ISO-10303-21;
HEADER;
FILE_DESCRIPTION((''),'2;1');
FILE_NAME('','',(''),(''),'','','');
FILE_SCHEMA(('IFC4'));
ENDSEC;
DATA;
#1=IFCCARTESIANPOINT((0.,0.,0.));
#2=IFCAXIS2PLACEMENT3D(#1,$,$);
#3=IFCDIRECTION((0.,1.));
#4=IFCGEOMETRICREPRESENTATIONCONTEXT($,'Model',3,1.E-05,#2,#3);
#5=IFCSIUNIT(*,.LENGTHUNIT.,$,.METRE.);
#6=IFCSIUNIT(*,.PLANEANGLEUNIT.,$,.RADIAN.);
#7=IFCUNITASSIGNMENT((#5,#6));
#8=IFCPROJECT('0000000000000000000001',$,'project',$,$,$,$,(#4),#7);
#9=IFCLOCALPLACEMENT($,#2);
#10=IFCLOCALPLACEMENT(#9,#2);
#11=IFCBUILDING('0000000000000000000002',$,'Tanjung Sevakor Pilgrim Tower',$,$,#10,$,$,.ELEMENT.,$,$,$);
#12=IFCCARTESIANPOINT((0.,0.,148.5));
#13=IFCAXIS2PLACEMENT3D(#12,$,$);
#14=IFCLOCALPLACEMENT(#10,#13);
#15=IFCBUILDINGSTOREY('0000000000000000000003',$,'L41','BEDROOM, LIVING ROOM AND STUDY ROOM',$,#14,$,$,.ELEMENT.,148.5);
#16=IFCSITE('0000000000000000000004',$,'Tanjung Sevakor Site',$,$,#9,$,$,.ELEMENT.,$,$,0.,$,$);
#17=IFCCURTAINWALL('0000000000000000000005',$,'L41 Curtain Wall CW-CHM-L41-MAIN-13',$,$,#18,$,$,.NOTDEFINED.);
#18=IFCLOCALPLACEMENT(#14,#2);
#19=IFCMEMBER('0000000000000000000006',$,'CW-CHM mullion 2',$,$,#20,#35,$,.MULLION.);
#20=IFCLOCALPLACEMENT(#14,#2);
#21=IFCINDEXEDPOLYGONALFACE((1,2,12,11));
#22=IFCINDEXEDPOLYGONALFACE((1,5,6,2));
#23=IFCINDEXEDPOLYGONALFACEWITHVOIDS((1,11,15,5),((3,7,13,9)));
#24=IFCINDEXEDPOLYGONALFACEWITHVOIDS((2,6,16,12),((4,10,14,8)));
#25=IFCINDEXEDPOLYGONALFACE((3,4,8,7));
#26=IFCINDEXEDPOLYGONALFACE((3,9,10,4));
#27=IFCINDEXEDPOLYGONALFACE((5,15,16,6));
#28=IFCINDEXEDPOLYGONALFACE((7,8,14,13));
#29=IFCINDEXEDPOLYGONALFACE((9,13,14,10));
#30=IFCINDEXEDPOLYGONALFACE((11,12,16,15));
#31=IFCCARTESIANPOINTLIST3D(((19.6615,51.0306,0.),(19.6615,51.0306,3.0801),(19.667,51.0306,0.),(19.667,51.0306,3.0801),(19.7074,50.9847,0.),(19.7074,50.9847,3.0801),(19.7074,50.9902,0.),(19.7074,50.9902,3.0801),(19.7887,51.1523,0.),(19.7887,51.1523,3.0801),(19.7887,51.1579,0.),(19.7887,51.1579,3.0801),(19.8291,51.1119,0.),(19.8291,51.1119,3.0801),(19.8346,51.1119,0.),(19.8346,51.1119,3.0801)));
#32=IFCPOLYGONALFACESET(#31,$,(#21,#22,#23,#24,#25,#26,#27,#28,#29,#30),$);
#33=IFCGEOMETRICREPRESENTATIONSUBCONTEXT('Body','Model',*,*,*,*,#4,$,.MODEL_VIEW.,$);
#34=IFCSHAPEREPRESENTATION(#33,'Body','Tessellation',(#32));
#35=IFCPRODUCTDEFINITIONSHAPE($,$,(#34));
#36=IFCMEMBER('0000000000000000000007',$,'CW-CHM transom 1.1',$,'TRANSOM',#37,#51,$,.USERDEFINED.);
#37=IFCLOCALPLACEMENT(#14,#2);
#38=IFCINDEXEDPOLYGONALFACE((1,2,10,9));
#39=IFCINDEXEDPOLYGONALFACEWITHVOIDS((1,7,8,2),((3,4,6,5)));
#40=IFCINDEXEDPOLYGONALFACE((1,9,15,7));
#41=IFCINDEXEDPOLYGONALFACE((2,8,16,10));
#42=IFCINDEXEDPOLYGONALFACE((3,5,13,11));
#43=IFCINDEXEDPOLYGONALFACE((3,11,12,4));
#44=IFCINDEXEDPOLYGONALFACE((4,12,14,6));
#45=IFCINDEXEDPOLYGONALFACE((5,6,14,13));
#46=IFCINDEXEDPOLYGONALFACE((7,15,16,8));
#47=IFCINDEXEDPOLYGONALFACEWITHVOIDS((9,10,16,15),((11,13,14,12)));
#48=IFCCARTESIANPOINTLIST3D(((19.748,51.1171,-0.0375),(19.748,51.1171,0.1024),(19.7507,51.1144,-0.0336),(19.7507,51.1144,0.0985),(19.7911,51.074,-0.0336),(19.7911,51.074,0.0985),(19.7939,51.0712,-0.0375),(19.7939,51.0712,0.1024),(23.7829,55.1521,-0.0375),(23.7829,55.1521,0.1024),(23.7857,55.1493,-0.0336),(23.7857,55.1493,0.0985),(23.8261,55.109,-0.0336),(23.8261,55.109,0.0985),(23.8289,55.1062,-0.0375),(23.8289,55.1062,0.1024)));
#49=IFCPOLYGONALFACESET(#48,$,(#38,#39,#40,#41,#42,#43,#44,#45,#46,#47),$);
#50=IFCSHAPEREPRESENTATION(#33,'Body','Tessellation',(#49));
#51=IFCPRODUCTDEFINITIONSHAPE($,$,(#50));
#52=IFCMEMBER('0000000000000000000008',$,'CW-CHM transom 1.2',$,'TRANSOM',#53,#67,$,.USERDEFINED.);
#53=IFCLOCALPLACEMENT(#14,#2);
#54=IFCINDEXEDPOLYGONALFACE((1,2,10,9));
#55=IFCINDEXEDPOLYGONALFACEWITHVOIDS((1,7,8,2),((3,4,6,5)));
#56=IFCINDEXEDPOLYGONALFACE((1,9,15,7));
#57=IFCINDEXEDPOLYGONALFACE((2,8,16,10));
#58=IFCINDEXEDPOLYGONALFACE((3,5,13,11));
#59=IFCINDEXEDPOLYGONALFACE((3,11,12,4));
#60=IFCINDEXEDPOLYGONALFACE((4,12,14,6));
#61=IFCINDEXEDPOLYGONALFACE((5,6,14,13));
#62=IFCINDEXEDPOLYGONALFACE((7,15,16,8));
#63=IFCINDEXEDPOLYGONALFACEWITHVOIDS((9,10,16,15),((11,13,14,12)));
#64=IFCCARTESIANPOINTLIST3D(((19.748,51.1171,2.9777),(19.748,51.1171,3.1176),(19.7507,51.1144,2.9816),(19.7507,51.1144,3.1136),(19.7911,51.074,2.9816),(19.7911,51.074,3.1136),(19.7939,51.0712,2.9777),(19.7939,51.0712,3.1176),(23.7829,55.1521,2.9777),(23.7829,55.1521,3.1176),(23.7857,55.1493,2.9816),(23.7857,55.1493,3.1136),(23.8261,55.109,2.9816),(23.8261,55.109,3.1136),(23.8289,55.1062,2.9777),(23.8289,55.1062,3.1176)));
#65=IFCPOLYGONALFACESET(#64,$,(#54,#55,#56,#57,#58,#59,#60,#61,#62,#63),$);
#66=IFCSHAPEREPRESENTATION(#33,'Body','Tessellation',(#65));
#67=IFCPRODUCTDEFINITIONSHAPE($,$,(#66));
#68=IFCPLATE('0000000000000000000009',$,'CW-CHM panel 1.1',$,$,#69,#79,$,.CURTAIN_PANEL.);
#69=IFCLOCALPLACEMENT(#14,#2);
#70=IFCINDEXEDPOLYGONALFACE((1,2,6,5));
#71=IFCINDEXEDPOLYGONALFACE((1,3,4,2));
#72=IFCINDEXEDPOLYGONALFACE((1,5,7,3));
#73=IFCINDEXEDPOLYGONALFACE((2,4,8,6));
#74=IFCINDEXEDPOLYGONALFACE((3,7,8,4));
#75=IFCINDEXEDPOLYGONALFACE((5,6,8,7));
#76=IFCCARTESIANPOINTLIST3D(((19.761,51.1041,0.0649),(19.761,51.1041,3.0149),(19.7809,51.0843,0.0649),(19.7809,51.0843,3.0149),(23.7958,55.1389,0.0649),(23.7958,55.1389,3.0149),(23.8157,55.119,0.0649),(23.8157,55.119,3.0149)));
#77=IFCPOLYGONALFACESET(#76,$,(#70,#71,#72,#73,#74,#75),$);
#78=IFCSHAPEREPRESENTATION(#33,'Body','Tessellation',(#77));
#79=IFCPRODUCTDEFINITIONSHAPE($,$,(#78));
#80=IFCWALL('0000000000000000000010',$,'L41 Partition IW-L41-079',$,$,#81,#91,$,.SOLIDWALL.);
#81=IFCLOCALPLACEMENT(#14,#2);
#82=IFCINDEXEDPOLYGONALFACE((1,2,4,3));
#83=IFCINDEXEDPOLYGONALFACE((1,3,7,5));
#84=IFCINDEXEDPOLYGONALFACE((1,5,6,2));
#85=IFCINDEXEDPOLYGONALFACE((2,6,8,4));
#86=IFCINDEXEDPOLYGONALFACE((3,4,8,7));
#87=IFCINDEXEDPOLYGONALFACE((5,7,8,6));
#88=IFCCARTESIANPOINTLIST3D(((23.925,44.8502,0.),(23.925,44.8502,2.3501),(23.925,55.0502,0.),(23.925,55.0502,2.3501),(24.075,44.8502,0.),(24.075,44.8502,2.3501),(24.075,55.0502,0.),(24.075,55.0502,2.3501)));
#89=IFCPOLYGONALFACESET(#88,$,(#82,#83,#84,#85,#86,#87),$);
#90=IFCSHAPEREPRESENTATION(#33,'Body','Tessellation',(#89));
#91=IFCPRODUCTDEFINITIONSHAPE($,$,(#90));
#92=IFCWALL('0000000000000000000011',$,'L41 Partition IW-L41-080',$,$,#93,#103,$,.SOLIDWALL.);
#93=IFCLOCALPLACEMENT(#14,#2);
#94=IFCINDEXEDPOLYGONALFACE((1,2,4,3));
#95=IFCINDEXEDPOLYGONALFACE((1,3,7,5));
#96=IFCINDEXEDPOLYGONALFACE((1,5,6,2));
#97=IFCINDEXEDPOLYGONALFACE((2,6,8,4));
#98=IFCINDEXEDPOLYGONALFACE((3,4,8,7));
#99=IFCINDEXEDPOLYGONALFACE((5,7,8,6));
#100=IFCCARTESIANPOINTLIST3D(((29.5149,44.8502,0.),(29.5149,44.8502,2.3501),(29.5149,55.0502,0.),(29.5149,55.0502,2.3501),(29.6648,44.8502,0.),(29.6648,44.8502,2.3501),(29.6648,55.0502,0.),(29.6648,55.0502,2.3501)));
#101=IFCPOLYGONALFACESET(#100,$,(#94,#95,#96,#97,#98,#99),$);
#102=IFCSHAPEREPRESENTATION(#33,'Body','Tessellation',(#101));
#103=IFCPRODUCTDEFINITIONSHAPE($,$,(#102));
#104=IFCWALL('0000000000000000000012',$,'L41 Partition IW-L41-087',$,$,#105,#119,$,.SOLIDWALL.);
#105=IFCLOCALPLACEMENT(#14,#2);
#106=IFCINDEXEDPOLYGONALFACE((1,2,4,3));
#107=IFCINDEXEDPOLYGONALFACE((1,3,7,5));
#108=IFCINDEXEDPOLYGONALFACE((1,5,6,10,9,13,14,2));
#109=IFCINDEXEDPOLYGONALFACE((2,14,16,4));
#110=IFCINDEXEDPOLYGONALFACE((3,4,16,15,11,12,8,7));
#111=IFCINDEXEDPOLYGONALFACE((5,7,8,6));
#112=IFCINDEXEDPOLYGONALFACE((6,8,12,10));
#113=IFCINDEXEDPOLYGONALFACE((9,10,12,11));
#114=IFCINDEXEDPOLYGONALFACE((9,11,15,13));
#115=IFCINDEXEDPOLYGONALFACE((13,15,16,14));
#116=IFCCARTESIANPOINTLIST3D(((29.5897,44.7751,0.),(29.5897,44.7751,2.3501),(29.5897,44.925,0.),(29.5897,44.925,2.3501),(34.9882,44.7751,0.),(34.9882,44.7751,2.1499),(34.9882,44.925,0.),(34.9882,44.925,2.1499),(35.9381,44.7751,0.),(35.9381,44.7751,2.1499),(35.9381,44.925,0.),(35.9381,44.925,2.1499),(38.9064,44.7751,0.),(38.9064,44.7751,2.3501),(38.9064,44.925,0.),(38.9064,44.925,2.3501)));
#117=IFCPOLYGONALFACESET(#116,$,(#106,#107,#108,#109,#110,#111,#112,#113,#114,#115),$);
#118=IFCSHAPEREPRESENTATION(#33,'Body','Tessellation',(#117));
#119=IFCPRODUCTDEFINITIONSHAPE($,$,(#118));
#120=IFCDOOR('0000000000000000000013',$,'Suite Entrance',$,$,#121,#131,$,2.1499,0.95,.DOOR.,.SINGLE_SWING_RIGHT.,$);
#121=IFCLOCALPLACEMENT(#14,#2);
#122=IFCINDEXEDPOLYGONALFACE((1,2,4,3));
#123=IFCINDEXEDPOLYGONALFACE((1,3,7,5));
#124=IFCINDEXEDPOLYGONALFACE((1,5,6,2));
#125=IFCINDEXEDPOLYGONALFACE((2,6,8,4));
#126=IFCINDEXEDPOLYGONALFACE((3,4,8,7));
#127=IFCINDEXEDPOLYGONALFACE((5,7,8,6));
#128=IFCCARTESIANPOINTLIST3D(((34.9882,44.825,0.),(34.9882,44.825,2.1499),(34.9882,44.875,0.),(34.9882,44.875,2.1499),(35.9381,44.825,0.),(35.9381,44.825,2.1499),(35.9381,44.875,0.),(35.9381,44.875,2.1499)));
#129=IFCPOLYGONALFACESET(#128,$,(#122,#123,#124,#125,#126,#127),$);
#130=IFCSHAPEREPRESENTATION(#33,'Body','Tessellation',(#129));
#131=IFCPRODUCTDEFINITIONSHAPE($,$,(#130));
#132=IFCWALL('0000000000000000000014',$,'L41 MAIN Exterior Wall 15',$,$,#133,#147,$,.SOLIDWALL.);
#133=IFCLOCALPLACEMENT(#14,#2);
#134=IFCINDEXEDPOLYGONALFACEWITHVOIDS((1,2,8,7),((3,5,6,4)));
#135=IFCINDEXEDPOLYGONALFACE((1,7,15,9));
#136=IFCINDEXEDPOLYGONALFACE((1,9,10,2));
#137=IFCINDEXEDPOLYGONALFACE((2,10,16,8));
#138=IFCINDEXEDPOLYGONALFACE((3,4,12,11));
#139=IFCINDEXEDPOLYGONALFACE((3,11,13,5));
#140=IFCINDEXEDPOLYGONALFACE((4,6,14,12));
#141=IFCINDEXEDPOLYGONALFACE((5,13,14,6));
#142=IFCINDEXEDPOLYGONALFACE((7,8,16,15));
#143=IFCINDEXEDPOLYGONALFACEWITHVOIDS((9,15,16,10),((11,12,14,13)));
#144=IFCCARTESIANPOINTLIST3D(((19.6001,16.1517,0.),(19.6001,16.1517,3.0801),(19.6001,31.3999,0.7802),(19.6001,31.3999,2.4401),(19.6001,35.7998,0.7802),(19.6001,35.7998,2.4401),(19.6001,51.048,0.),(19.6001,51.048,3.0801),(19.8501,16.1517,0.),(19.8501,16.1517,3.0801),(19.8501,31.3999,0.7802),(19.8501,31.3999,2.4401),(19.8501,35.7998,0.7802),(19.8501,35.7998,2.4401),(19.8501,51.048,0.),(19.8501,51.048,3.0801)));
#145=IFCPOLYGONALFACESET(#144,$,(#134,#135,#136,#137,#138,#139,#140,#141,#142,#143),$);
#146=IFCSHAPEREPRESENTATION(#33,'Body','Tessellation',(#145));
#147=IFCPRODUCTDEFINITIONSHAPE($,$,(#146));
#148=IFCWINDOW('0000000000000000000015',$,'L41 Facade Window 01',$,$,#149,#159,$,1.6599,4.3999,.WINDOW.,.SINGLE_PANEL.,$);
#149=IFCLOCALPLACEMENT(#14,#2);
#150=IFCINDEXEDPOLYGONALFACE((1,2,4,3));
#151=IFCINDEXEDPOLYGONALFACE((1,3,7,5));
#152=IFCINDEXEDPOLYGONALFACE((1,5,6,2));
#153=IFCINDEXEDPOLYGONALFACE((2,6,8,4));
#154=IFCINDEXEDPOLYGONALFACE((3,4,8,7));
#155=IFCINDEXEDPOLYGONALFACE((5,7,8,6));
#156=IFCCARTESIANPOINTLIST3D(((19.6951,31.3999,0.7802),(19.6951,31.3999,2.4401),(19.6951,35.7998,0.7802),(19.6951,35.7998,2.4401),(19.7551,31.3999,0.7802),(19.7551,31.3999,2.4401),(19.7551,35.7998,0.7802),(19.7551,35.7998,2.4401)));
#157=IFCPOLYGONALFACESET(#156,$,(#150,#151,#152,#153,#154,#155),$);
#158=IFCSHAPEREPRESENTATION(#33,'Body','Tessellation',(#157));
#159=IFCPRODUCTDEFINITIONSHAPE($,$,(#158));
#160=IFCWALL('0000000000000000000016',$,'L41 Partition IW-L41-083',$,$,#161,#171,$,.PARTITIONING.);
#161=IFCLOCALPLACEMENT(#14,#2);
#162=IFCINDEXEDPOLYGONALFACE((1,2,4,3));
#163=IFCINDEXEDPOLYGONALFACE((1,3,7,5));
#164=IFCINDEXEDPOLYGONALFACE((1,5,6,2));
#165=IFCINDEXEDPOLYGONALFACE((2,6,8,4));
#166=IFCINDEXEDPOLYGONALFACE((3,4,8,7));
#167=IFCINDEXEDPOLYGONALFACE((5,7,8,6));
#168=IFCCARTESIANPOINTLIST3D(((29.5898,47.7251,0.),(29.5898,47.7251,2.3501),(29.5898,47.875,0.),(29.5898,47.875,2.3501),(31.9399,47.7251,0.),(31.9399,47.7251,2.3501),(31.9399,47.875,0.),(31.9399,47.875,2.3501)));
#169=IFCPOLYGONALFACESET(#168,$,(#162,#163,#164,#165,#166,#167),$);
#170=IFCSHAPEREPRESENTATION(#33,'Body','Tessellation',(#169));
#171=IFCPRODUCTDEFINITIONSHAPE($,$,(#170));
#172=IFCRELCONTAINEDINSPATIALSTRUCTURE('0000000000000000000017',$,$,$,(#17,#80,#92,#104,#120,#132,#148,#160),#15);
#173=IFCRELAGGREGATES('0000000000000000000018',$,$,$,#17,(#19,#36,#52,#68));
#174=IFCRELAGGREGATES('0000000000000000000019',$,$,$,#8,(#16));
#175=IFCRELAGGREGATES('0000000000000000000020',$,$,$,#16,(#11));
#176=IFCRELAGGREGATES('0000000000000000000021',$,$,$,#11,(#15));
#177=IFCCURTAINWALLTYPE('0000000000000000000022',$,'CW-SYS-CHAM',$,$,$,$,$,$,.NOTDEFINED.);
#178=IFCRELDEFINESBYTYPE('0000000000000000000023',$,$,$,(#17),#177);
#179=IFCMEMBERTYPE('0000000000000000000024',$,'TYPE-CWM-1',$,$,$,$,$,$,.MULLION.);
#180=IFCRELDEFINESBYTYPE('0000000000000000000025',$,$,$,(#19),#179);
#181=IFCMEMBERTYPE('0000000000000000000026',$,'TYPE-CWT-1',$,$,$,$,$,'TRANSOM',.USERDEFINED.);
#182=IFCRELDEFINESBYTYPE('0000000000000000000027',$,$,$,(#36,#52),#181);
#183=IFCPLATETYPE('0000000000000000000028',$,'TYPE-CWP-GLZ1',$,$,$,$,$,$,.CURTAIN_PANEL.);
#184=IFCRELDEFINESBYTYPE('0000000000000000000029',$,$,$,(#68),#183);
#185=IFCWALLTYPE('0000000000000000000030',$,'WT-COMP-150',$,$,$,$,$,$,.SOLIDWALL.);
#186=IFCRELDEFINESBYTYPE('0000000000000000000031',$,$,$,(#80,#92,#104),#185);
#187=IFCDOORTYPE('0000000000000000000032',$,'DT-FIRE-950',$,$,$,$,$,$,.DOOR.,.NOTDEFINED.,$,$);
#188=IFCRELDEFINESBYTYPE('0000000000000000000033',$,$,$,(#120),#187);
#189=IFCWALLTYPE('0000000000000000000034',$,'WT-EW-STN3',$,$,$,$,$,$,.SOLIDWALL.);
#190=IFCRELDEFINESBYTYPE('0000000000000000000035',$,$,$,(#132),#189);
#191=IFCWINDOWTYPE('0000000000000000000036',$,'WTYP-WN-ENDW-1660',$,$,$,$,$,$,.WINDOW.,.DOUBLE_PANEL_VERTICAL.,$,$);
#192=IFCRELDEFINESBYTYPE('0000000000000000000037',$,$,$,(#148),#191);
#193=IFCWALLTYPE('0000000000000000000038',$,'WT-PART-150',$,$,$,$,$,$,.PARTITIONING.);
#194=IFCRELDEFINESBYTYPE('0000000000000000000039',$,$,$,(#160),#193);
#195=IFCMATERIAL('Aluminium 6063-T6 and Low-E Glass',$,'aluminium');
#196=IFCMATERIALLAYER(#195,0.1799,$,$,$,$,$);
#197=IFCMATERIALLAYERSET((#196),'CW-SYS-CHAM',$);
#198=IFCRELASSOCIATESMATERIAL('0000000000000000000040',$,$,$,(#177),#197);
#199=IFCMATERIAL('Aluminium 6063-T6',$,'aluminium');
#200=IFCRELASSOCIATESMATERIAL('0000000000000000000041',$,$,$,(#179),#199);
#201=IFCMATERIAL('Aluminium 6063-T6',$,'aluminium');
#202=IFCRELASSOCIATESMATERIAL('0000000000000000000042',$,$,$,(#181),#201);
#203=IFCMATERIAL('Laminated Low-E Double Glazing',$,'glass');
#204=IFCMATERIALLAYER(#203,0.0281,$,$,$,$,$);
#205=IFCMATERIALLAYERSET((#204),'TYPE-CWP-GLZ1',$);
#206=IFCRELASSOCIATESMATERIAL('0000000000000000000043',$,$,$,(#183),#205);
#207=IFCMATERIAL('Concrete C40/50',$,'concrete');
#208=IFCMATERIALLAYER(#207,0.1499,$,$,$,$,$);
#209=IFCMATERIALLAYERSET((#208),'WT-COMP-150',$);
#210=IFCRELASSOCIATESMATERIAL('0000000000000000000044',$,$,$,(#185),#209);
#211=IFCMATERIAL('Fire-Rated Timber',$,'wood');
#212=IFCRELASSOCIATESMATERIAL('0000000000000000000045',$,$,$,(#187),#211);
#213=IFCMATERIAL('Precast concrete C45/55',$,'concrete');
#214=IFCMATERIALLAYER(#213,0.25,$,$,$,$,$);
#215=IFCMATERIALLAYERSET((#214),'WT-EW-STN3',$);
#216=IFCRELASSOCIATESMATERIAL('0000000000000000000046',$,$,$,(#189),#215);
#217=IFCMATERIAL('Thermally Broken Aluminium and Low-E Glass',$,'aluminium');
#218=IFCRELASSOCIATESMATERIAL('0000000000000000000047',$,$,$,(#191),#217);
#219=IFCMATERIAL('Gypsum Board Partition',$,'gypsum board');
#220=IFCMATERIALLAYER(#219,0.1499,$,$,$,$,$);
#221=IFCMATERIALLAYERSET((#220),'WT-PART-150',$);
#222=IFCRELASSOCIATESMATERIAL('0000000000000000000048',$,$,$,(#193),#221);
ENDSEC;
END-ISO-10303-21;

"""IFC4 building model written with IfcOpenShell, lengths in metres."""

from ifc_helpers import new_model, si_unit, direction, frame, frame_2d, origin, origin_2d, place, context, subcontext, project, spatial, rectangle, hollow_rectangle, extrude, material, layer, layer_set, material_profile, profile_set, type_object, element, fill, aggregate, save


model = new_model("IFC4")

# Units and contexts
model_context = context("Model", 3, precision=1e-05, world=origin(), true_north=direction((0.0, 1.0)))
body_context = subcontext(model_context, "Body", "Model", "MODEL_VIEW")
ifc_project = project(units=[si_unit("LENGTHUNIT", "METRE"), si_unit("PLANEANGLEUNIT", "RADIAN")], contexts=[model_context])

# Site, building, storey
site_placement = place(None, origin())
site = spatial("IfcSite", under=ifc_project, at=site_placement, Name="Tanjung Sevakor Site", CompositionType="ELEMENT", RefElevation=0.0)
building_placement = place(site_placement, origin())
building = spatial("IfcBuilding", under=site, at=building_placement, Name="Tanjung Sevakor Pilgrim Tower", CompositionType="ELEMENT")
storey_placement = place(building_placement, frame((0.0, 0.0, 148.5)))
storey = spatial("IfcBuildingStorey", under=building, at=storey_placement, Name="L41", Description="BEDROOM, LIVING ROOM AND STUDY ROOM", CompositionType="ELEMENT", Elevation=148.5)

# Curtain wall, members, plate
ifc_material_1 = material(Name="Aluminium 6063-T6 and Low-E Glass", Category="aluminium")
ifc_layer_1 = layer(ifc_material_1, 0.1799)
ifc_layer_set_1 = layer_set([ifc_layer_1], Name="CW-SYS-CHAM")
curtain_wall_type = type_object("IfcCurtainWallType", Name="CW-SYS-CHAM", PredefinedType="NOTDEFINED", material=ifc_layer_set_1)
curtain_wall_placement = place(storey_placement, origin())
curtain_wall = element("IfcCurtainWall", 1, at=curtain_wall_placement, inside=storey, type_object=curtain_wall_type, Name="L41 Curtain Wall CW-CHM-L41-MAIN-13", PredefinedType="NOTDEFINED")
ifc_material_2 = material(Name="Aluminium 6063-T6", Category="aluminium")
ifc_material_profile_1 = material_profile(ifc_material_2, hollow_rectangle(XDim=0.0649, YDim=0.1799, WallThickness=0.0039, at=origin_2d()))
ifc_profile_set_1 = profile_set([ifc_material_profile_1], Name="Aluminium 6063-T6")
member_type_1 = type_object("IfcMemberType", Name="TYPE-CWM-1", PredefinedType="MULLION", material=ifc_profile_set_1)
member_1_placement = place(storey_placement, frame((19.748, 51.0713, 0.0), z_axis=(0.0, 0.0, 1.0), x_axis=(0.707107, -0.707107, 0.0)))
member_1 = element("IfcMember", 2, at=member_1_placement, type_object=member_type_1, Name="CW-CHM mullion 2", PredefinedType="MULLION", context=body_context, shape_type="SweptSolid", body=[
    extrude(hollow_rectangle(XDim=0.0649, YDim=0.1799, WallThickness=0.0039, at=origin_2d()), origin(), (0.0, 0.0, 1.0), 3.0801),
])
ifc_material_3 = material(Name="Aluminium 6063-T6", Category="aluminium")
ifc_material_profile_2 = material_profile(ifc_material_3, hollow_rectangle(XDim=0.0649, YDim=0.1399, WallThickness=0.0039, at=origin_2d()))
ifc_profile_set_2 = profile_set([ifc_material_profile_2], Name="Aluminium 6063-T6")
member_type_2 = type_object("IfcMemberType", Name="TYPE-CWT-1", ElementType="TRANSOM", PredefinedType="USERDEFINED", material=ifc_profile_set_2)
member_2_placement = place(storey_placement, frame((23.8059, 55.1292, 0.0325), z_axis=(-0.707107, -0.707107, 0.0), x_axis=(0.707107, -0.707107, 0.0)))
member_2 = element("IfcMember", 3, at=member_2_placement, type_object=member_type_2, Name="CW-CHM transom 1.1", ObjectType="TRANSOM", PredefinedType="USERDEFINED", context=body_context, shape_type="SweptSolid", body=[
    extrude(hollow_rectangle(XDim=0.0649, YDim=0.1399, WallThickness=0.0039, at=origin_2d()), origin(), (0.0, 0.0, 1.0), 5.7063),
])
member_3_placement = place(storey_placement, frame((23.8059, 55.1292, 3.0476), z_axis=(-0.707107, -0.707107, 0.0), x_axis=(0.707107, -0.707107, 0.0)))
member_3 = element("IfcMember", 4, at=member_3_placement, type_object=member_type_2, Name="CW-CHM transom 1.2", ObjectType="TRANSOM", PredefinedType="USERDEFINED", context=body_context, shape_type="SweptSolid", body=[
    extrude(hollow_rectangle(XDim=0.0649, YDim=0.1399, WallThickness=0.0039, at=origin_2d()), origin(), (0.0, 0.0, 1.0), 5.7063),
])
ifc_material_4 = material(Name="Laminated Low-E Double Glazing", Category="glass")
ifc_layer_2 = layer(ifc_material_4, 0.0281)
ifc_layer_set_2 = layer_set([ifc_layer_2], Name="TYPE-CWP-GLZ1")
plate_type = type_object("IfcPlateType", Name="TYPE-CWP-GLZ1", PredefinedType="CURTAIN_PANEL", material=ifc_layer_set_2)
plate_placement = place(storey_placement, frame((21.7883, 53.1116, 0.0649), z_axis=(0.0, 0.0, 1.0), x_axis=(-0.707107, -0.707107, 0.0)))
plate = element("IfcPlate", 5, at=plate_placement, type_object=plate_type, Name="CW-CHM panel 1.1", PredefinedType="CURTAIN_PANEL", context=body_context, shape_type="SweptSolid", body=[
    extrude(rectangle(XDim=5.7061, YDim=0.0281, at=origin_2d()), origin(), (0.0, 0.0, 1.0), 2.95),
])
aggregate(curtain_wall, [member_1, member_2, member_3, plate])

# Walls
ifc_material_5 = material(Name="Concrete C40/50", Category="concrete")
ifc_layer_3 = layer(ifc_material_5, 0.1499)
ifc_layer_set_3 = layer_set([ifc_layer_3], Name="WT-COMP-150")
wall_type_1 = type_object("IfcWallType", Name="WT-COMP-150", PredefinedType="SOLIDWALL", material=ifc_layer_set_3)
for number, where, z_axis, x_axis, name in (
    (6, (24.0, 44.8501, 0.0), (0.0, 0.0, 1.0), (0.0, 1.0, 0.0), "L41 Partition IW-L41-079"),
    (7, (29.5898, 44.8501, 0.0), (0.0, 0.0, 1.0), (0.0, 1.0, 0.0), "L41 Partition IW-L41-080"),
):
    element("IfcWall", number, at=place(storey_placement, frame(where, z_axis=z_axis, x_axis=x_axis)), inside=storey, type_object=wall_type_1, Name=name, PredefinedType="SOLIDWALL", context=body_context, shape_type="SweptSolid", body=[
        extrude(rectangle(XDim=10.2, YDim=0.1499, at=frame_2d((5.1001, 0.0))), origin(), (0.0, 0.0, 1.0), 2.3501),
    ])

# Wall, opening, door
wall_1_placement = place(storey_placement, frame((29.5898, 44.8501, 0.0), z_axis=(0.0, 0.0, 1.0), x_axis=(1.0, 0.0, 0.0)))
wall_1 = element("IfcWall", 8, at=wall_1_placement, inside=storey, type_object=wall_type_1, Name="L41 Partition IW-L41-087", PredefinedType="SOLIDWALL", context=body_context, shape_type="SweptSolid", body=[
    extrude(rectangle(XDim=9.3167, YDim=0.1499, at=frame_2d((4.6582, 0.0))), origin(), (0.0, 0.0, 1.0), 2.3501),
])
opening_1_placement = place(wall_1_placement, frame((5.3982, 0.0, 0.0)))
opening_1 = element("IfcOpeningElement", 9, at=opening_1_placement, cuts=wall_1, PredefinedType="OPENING", context=body_context, shape_type="SweptSolid", body=[
    extrude(rectangle(XDim=0.95, YDim=2.1499, at=frame_2d((0.4751, 1.075))), frame((0.0, 0.085, 0.0), z_axis=(0.0, -1.0, 0.0), x_axis=(1.0, 0.0, 0.0)), (0.0, 0.0, 1.0), 0.1699),
])
ifc_material_6 = material(Name="Fire-Rated Timber", Category="wood")
door_type_1 = type_object("IfcDoorType", Name="DT-FIRE-950", OperationType="NOTDEFINED", PredefinedType="DOOR", material=ifc_material_6)
door_1_placement = place(opening_1_placement, origin())
door_1 = element("IfcDoor", 10, at=door_1_placement, inside=storey, type_object=door_type_1, Name="Suite Entrance", OperationType="SINGLE_SWING_RIGHT", OverallHeight=2.1499, OverallWidth=0.95, PredefinedType="DOOR", context=body_context, shape_type="SweptSolid", body=[
    extrude(rectangle(XDim=0.95, YDim=2.1499, at=frame_2d((0.4751, 1.075))), frame((0.0, 0.0249, 0.0), z_axis=(0.0, -1.0, 0.0), x_axis=(1.0, 0.0, 0.0)), (0.0, 0.0, 1.0), 0.05),
])
fill(opening_1, door_1)

# Wall, opening, window
ifc_material_7 = material(Name="Precast concrete C45/55", Category="concrete")
ifc_layer_4 = layer(ifc_material_7, 0.25)
ifc_layer_set_4 = layer_set([ifc_layer_4], Name="WT-EW-STN3")
wall_type_2 = type_object("IfcWallType", Name="WT-EW-STN3", PredefinedType="SOLIDWALL", material=ifc_layer_set_4)
wall_2_placement = place(storey_placement, frame((19.7251, 51.0481, 0.0), z_axis=(0.0, 0.0, 1.0), x_axis=(0.0, -1.0, 0.0)))
wall_2 = element("IfcWall", 11, at=wall_2_placement, inside=storey, type_object=wall_type_2, Name="L41 MAIN Exterior Wall 15", PredefinedType="SOLIDWALL", context=body_context, shape_type="SweptSolid", body=[
    extrude(rectangle(XDim=34.8962, YDim=0.25, at=frame_2d((17.4482, 0.0))), origin(), (0.0, 0.0, 1.0), 3.0801),
])
opening_2_placement = place(wall_2_placement, frame((15.2483, 0.0, 0.78)))
opening_2 = element("IfcOpeningElement", 12, at=opening_2_placement, cuts=wall_2, PredefinedType="OPENING", context=body_context, shape_type="SweptSolid", body=[
    extrude(rectangle(XDim=4.3999, YDim=1.6599, at=frame_2d((2.2, 0.8301))), frame((0.0, 0.135, 0.0), z_axis=(0.0, -1.0, 0.0), x_axis=(1.0, 0.0, 0.0)), (0.0, 0.0, 1.0), 0.27),
])
ifc_material_8 = material(Name="Thermally Broken Aluminium and Low-E Glass", Category="aluminium")
window_type = type_object("IfcWindowType", Name="WTYP-WN-ENDW-1660", PartitioningType="DOUBLE_PANEL_VERTICAL", PredefinedType="WINDOW", material=ifc_material_8)
window_placement = place(opening_2_placement, origin())
window = element("IfcWindow", 13, at=window_placement, inside=storey, type_object=window_type, Name="L41 Facade Window 01", OverallHeight=1.6599, OverallWidth=4.3999, PartitioningType="SINGLE_PANEL", PredefinedType="WINDOW", context=body_context, shape_type="SweptSolid", body=[
    extrude(rectangle(XDim=4.3999, YDim=1.6599, at=frame_2d((2.2, 0.8301))), frame((0.0, 0.03, 0.0), z_axis=(0.0, -1.0, 0.0), x_axis=(1.0, 0.0, 0.0)), (0.0, 0.0, 1.0), 0.0601),
])
fill(opening_2, window)

# Wall
ifc_material_9 = material(Name="Gypsum Board Partition", Category="gypsum board")
ifc_layer_5 = layer(ifc_material_9, 0.1499)
ifc_layer_set_5 = layer_set([ifc_layer_5], Name="WT-PART-150")
wall_type_3 = type_object("IfcWallType", Name="WT-PART-150", PredefinedType="PARTITIONING", material=ifc_layer_set_5)
wall_3_placement = place(storey_placement, frame((29.5898, 47.8, 0.0), z_axis=(0.0, 0.0, 1.0), x_axis=(1.0, 0.0, 0.0)))
element("IfcWall", 14, at=wall_3_placement, inside=storey, type_object=wall_type_3, Name="L41 Partition IW-L41-083", PredefinedType="PARTITIONING", context=body_context, shape_type="SweptSolid", body=[
    extrude(rectangle(XDim=2.3501, YDim=0.1499, at=frame_2d((1.175, 0.0))), origin(), (0.0, 0.0, 1.0), 2.3501),
])

save(model, "model.ifc")
